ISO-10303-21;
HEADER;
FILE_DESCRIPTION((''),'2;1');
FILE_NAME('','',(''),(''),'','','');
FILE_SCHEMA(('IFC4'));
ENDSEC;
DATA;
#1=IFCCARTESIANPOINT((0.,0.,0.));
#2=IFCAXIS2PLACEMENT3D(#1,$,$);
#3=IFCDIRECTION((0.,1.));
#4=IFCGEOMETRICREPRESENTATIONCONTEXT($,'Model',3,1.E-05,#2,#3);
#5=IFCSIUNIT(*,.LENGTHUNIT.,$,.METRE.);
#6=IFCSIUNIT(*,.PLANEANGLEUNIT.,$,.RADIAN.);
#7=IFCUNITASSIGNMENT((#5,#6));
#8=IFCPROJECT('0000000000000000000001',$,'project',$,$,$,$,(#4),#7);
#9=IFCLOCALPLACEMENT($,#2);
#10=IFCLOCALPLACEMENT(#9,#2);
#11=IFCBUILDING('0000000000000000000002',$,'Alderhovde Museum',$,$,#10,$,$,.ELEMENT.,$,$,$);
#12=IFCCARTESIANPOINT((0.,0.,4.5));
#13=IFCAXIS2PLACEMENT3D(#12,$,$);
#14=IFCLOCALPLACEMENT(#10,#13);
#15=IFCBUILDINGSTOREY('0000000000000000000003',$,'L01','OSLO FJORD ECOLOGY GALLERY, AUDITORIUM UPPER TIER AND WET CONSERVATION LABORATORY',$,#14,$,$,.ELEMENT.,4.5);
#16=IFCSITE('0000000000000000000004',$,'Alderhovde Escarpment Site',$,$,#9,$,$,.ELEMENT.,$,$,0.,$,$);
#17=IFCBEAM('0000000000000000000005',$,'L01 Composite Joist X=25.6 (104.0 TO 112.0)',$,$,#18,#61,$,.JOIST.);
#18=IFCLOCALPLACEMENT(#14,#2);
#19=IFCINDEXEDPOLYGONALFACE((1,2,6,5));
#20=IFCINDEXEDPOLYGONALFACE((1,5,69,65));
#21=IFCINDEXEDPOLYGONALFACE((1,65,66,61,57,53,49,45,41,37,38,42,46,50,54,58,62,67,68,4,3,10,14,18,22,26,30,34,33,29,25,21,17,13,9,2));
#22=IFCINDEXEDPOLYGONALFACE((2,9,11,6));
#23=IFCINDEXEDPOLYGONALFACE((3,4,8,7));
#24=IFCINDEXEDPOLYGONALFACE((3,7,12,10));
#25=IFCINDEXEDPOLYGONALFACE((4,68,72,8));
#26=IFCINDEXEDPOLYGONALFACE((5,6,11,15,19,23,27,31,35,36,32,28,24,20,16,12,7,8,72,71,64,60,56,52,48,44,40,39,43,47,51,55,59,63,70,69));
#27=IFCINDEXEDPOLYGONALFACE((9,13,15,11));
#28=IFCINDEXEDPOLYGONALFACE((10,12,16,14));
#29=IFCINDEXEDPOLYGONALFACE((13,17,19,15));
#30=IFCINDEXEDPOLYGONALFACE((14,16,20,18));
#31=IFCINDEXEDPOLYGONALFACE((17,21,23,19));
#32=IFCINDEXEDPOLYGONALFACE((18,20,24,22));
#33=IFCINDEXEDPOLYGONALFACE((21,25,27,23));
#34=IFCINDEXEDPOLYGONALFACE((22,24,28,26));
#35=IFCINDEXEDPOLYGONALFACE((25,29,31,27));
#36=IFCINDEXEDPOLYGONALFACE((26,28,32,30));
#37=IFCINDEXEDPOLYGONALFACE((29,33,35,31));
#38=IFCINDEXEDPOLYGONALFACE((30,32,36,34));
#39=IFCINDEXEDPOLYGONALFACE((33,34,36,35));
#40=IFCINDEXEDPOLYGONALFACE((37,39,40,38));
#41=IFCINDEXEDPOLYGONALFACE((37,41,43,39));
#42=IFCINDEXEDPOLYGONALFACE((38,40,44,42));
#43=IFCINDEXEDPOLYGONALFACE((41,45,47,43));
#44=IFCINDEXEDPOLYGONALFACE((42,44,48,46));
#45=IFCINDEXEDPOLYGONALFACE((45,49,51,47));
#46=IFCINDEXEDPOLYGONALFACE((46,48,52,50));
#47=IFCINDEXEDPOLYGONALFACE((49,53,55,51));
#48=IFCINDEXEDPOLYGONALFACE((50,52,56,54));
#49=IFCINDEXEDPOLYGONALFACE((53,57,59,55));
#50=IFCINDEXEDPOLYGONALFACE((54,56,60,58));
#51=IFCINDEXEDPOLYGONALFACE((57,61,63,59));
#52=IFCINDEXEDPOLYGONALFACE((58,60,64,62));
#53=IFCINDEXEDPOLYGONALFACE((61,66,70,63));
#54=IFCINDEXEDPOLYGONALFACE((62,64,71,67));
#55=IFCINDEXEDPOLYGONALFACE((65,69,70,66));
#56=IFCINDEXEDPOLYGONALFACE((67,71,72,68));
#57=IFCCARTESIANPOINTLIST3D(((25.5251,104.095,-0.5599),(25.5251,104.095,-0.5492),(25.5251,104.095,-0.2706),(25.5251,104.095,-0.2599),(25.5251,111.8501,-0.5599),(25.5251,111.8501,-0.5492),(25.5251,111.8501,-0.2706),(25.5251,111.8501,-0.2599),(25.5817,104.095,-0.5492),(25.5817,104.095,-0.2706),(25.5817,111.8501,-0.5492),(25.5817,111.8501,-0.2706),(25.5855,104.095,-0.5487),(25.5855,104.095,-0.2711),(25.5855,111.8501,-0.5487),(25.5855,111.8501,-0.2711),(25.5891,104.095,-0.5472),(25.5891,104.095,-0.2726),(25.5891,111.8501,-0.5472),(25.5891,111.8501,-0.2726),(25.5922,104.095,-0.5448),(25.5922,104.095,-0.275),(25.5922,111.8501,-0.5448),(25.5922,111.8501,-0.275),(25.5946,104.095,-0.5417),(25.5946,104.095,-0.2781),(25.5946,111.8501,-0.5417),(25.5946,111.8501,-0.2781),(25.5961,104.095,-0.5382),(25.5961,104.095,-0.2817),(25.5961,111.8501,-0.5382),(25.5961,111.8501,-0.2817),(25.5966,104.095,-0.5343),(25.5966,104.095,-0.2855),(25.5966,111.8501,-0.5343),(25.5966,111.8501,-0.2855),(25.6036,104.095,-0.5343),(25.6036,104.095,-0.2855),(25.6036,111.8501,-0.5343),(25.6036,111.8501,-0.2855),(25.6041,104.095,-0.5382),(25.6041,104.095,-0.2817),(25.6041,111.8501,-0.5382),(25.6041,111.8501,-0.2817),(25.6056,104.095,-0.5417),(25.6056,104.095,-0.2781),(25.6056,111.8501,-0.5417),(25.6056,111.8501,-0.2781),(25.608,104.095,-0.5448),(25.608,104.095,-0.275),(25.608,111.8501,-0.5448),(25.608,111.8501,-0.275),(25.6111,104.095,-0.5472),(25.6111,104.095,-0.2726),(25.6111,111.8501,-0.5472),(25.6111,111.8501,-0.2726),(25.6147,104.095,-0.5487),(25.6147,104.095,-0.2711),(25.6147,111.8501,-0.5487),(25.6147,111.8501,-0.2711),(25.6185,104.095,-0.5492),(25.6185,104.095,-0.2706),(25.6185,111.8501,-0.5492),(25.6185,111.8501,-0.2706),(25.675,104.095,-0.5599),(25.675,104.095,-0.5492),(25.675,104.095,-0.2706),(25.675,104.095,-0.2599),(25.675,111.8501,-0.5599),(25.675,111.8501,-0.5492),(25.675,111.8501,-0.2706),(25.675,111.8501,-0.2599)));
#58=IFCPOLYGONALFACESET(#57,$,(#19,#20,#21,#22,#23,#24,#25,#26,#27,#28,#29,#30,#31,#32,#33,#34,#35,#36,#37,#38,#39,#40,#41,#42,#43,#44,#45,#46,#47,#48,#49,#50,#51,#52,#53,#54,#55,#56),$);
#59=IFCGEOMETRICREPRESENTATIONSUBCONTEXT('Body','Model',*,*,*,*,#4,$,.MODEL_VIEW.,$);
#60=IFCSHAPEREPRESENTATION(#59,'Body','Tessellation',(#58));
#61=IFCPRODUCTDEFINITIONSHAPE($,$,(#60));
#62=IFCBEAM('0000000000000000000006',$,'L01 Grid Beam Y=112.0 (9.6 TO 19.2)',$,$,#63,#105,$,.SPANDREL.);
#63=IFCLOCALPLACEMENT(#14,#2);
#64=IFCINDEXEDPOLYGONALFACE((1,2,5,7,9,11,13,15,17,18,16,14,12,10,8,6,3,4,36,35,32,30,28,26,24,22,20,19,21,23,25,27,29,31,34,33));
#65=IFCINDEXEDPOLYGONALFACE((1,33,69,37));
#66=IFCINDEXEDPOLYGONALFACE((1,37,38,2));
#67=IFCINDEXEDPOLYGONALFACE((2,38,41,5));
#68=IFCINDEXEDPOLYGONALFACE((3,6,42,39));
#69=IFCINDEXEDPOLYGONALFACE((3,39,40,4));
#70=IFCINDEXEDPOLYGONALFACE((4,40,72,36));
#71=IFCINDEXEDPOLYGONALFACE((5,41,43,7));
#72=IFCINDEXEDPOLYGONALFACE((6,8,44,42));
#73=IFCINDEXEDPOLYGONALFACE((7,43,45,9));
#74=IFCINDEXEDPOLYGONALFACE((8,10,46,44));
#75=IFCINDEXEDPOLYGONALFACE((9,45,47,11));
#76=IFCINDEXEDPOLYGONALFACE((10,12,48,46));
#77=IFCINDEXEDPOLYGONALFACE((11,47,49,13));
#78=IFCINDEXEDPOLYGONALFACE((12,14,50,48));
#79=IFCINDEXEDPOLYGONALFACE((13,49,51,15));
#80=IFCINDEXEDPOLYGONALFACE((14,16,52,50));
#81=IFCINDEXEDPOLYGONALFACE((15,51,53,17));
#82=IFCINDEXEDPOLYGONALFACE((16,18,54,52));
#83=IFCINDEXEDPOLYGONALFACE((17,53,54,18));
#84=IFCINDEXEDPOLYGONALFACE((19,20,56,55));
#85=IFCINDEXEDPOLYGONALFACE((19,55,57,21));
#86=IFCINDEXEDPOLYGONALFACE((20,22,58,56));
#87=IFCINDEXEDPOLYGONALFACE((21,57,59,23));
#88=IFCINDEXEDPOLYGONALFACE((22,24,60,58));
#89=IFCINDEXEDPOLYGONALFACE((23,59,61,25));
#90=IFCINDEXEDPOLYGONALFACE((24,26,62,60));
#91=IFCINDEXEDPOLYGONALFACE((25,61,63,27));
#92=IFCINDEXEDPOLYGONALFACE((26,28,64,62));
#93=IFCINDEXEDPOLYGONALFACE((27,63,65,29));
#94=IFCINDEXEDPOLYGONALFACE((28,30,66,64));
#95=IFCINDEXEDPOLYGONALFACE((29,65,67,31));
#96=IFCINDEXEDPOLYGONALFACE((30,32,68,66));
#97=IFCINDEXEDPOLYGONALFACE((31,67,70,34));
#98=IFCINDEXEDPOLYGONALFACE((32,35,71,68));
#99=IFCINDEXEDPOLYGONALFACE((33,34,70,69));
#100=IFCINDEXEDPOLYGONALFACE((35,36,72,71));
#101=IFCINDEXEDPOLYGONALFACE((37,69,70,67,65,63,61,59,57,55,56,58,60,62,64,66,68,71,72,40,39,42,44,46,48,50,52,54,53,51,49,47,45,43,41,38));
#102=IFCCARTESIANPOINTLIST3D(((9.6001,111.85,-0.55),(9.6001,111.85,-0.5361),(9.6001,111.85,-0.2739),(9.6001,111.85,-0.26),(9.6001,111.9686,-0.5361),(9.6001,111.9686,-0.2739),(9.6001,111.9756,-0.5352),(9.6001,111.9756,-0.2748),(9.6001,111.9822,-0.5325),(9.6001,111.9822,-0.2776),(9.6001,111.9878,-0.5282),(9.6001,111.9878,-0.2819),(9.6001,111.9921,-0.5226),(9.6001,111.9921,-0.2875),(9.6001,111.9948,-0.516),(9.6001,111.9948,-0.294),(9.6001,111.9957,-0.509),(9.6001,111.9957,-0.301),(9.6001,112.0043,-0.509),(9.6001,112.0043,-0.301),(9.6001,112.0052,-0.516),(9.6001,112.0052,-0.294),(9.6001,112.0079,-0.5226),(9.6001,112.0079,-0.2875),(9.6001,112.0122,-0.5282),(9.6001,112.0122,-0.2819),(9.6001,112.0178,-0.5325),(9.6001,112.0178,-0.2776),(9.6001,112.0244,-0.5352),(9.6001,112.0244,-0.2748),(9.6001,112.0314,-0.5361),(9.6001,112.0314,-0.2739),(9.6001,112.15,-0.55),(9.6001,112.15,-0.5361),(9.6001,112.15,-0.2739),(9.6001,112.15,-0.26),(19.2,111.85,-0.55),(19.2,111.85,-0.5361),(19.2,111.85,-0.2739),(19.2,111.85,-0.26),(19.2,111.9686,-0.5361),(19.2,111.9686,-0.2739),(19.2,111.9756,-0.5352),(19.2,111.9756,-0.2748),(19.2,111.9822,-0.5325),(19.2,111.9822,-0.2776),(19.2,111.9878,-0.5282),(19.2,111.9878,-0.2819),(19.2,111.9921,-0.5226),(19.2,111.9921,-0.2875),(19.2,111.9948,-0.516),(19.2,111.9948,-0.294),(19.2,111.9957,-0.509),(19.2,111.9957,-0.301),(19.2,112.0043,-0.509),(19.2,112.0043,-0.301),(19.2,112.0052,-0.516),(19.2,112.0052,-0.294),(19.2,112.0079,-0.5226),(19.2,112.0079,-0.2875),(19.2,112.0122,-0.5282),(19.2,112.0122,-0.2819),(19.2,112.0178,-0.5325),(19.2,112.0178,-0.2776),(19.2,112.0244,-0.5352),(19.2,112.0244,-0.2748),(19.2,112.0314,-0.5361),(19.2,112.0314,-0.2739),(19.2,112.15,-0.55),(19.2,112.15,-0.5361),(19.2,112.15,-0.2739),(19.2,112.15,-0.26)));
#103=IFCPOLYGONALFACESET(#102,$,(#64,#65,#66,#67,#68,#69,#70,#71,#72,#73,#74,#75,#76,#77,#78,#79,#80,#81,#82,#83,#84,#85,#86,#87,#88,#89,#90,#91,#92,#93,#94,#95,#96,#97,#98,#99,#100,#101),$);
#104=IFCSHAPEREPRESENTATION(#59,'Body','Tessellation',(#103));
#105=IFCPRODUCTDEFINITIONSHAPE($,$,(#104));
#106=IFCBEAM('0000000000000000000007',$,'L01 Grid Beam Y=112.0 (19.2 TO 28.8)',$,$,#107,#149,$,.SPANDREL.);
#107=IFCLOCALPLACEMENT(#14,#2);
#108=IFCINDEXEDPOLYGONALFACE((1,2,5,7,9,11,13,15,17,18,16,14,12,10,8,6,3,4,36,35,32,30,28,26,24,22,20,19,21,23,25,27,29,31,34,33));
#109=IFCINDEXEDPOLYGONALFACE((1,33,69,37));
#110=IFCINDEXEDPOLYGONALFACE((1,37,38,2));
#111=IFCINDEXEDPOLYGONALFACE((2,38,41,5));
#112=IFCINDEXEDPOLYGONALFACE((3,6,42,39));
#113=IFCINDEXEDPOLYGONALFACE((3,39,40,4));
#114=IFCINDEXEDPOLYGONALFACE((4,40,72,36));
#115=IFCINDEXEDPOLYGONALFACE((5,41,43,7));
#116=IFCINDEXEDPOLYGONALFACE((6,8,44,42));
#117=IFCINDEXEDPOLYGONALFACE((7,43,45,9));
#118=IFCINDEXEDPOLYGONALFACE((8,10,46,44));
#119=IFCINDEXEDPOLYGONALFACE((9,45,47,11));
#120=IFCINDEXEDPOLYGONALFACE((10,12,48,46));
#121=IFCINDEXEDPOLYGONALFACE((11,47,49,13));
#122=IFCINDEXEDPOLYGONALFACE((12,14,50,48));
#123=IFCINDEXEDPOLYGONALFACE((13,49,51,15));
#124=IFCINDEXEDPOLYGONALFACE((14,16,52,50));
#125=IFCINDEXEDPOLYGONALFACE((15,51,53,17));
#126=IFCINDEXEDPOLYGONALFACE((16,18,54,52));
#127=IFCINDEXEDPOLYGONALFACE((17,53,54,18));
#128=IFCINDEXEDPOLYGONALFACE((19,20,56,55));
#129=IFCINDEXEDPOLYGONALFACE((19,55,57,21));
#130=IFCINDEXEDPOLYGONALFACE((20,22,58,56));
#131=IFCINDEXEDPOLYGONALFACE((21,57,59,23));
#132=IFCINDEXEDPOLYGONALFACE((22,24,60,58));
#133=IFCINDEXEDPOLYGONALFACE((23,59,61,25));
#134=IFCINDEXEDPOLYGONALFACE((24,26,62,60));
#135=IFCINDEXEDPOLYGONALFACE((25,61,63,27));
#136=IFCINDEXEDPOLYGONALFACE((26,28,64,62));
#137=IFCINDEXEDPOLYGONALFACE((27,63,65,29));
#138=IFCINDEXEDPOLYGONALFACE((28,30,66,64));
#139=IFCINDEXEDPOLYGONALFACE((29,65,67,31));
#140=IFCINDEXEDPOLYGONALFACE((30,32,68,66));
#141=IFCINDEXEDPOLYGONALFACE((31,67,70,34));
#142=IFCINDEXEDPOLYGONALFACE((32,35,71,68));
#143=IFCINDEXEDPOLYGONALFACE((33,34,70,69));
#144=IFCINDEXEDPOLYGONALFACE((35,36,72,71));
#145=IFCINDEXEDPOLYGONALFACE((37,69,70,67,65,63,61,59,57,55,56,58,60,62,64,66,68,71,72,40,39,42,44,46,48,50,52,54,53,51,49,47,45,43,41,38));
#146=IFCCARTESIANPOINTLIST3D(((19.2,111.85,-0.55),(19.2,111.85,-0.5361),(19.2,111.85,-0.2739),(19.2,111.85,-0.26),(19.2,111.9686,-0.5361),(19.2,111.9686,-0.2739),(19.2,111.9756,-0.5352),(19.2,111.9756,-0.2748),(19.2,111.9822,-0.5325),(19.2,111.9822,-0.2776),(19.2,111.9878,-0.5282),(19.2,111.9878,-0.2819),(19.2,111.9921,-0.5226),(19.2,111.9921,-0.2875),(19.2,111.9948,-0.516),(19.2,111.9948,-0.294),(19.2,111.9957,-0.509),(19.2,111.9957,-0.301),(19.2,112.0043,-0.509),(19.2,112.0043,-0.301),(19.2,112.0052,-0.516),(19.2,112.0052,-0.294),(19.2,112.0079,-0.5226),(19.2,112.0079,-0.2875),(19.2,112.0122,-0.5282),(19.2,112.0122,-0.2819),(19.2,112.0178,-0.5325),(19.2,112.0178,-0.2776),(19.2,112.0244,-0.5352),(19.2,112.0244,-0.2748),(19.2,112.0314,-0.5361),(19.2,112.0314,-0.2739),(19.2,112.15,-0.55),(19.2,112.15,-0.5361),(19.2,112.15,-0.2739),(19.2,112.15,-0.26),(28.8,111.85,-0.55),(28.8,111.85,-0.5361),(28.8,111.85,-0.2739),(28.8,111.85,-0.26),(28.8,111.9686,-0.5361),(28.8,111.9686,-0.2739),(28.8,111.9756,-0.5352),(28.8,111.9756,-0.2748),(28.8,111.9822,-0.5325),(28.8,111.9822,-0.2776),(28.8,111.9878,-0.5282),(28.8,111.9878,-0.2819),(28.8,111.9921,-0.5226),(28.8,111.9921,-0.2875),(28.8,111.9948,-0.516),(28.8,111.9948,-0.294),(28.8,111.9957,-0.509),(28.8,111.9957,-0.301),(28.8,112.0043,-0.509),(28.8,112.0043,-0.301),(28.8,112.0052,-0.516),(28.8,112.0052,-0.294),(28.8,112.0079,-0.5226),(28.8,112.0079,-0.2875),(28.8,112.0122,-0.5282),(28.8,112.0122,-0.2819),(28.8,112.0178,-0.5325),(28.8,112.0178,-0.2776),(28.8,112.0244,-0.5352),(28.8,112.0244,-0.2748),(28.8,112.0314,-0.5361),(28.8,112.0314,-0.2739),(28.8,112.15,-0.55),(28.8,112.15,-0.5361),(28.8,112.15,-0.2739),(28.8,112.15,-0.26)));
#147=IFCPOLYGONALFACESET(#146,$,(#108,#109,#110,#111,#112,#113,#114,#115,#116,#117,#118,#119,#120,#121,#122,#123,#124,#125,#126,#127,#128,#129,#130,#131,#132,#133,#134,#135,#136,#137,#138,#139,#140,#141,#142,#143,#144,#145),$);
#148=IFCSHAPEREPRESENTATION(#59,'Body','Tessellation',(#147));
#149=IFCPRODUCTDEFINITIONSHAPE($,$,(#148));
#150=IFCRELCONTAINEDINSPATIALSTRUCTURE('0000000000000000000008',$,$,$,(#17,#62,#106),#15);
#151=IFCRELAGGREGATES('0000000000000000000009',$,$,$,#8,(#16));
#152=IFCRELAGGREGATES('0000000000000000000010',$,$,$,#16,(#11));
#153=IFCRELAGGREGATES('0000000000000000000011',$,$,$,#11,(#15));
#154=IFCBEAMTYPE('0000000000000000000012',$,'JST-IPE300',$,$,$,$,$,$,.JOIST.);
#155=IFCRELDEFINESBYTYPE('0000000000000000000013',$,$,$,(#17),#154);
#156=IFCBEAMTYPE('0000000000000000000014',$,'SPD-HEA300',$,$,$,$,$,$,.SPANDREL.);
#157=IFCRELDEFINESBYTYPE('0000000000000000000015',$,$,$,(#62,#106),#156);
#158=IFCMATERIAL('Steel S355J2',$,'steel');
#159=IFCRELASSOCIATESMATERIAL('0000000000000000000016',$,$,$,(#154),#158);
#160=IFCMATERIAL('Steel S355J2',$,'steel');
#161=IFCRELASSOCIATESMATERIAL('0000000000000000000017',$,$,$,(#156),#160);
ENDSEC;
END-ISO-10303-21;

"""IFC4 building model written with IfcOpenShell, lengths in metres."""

from ifc_helpers import new_model, si_unit, direction, frame, origin, origin_2d, place, context, subcontext, project, spatial, i_section, extrude, material, material_profile, profile_set, type_object, element, save


model = new_model("IFC4")

# Units and contexts
model_context = context("Model", 3, precision=1e-05, world=origin(), true_north=direction((0.0, 1.0)))
body_context = subcontext(model_context, "Body", "Model", "MODEL_VIEW")
ifc_project = project(units=[si_unit("LENGTHUNIT", "METRE"), si_unit("PLANEANGLEUNIT", "RADIAN")], contexts=[model_context])

# Site, building, storey
site_placement = place(None, origin())
site = spatial("IfcSite", under=ifc_project, at=site_placement, Name="Alderhovde Escarpment Site", CompositionType="ELEMENT", RefElevation=0.0)
building_placement = place(site_placement, origin())
building = spatial("IfcBuilding", under=site, at=building_placement, Name="Alderhovde Museum", CompositionType="ELEMENT")
storey_placement = place(building_placement, frame((0.0, 0.0, 4.5)))
storey = spatial("IfcBuildingStorey", under=building, at=storey_placement, Name="L01", Description="OSLO FJORD ECOLOGY GALLERY, AUDITORIUM UPPER TIER AND WET CONSERVATION LABORATORY", CompositionType="ELEMENT", Elevation=4.5)

# Beams
ifc_material_1 = material(Name="Steel S355J2", Category="steel")
ifc_material_profile_1 = material_profile(ifc_material_1, i_section(OverallWidth=0.1499, OverallDepth=0.3, WebThickness=0.0071, FlangeThickness=0.0107, FilletRadius=0.0149, at=origin_2d()), Name="IPE 300")
ifc_profile_set_1 = profile_set([ifc_material_profile_1], Name="Steel S355J2")
beam_type_1 = type_object("IfcBeamType", Name="JST-IPE300", PredefinedType="JOIST", material=ifc_profile_set_1)
for number, where, z_axis, x_axis, name in (
    (1, (25.6001, 104.095, -0.4099), (0.0, 1.0, 0.0), (-1.0, 0.0, 0.0), "L01 Composite Joist X=25.6 (104.0 TO 112.0)"),
):
    element("IfcBeam", number, at=place(storey_placement, frame(where, z_axis=z_axis, x_axis=x_axis)), inside=storey, type_object=beam_type_1, Name=name, PredefinedType="JOIST", context=body_context, shape_type="SweptSolid", body=[
        extrude(i_section(OverallWidth=0.1499, OverallDepth=0.3, WebThickness=0.0071, FlangeThickness=0.0107, FilletRadius=0.0149, at=origin_2d()), origin(), (0.0, 0.0, 1.0), 7.7551),
    ])
ifc_material_2 = material(Name="Steel S355J2", Category="steel")
ifc_material_profile_2 = material_profile(ifc_material_2, i_section(OverallWidth=0.3, OverallDepth=0.29, WebThickness=0.0085, FlangeThickness=0.0139, FilletRadius=0.0271, at=origin_2d()), Name="HEA 300")
ifc_profile_set_2 = profile_set([ifc_material_profile_2], Name="Steel S355J2")
beam_type_2 = type_object("IfcBeamType", Name="SPD-HEA300", PredefinedType="SPANDREL", material=ifc_profile_set_2)
beam_1_placement = place(storey_placement, frame((9.6001, 112.0, -0.405), z_axis=(1.0, 0.0, 0.0), x_axis=(0.0, 1.0, 0.0)))
element("IfcBeam", 2, at=beam_1_placement, inside=storey, type_object=beam_type_2, Name="L01 Grid Beam Y=112.0 (9.6 TO 19.2)", PredefinedType="SPANDREL", context=body_context, shape_type="SweptSolid", body=[
    extrude(i_section(OverallWidth=0.3, OverallDepth=0.29, WebThickness=0.0085, FlangeThickness=0.0139, FilletRadius=0.0271, at=origin_2d()), origin(), (0.0, 0.0, 1.0), 9.5999),
])
beam_2_placement = place(storey_placement, frame((19.2, 112.0, -0.405), z_axis=(1.0, 0.0, 0.0), x_axis=(0.0, 1.0, 0.0)))
element("IfcBeam", 3, at=beam_2_placement, inside=storey, type_object=beam_type_2, Name="L01 Grid Beam Y=112.0 (19.2 TO 28.8)", PredefinedType="SPANDREL", context=body_context, shape_type="SweptSolid", body=[
    extrude(i_section(OverallWidth=0.3, OverallDepth=0.29, WebThickness=0.0085, FlangeThickness=0.0139, FilletRadius=0.0271, at=origin_2d()), origin(), (0.0, 0.0, 1.0), 9.6001),
])

save(model, "model.ifc")
